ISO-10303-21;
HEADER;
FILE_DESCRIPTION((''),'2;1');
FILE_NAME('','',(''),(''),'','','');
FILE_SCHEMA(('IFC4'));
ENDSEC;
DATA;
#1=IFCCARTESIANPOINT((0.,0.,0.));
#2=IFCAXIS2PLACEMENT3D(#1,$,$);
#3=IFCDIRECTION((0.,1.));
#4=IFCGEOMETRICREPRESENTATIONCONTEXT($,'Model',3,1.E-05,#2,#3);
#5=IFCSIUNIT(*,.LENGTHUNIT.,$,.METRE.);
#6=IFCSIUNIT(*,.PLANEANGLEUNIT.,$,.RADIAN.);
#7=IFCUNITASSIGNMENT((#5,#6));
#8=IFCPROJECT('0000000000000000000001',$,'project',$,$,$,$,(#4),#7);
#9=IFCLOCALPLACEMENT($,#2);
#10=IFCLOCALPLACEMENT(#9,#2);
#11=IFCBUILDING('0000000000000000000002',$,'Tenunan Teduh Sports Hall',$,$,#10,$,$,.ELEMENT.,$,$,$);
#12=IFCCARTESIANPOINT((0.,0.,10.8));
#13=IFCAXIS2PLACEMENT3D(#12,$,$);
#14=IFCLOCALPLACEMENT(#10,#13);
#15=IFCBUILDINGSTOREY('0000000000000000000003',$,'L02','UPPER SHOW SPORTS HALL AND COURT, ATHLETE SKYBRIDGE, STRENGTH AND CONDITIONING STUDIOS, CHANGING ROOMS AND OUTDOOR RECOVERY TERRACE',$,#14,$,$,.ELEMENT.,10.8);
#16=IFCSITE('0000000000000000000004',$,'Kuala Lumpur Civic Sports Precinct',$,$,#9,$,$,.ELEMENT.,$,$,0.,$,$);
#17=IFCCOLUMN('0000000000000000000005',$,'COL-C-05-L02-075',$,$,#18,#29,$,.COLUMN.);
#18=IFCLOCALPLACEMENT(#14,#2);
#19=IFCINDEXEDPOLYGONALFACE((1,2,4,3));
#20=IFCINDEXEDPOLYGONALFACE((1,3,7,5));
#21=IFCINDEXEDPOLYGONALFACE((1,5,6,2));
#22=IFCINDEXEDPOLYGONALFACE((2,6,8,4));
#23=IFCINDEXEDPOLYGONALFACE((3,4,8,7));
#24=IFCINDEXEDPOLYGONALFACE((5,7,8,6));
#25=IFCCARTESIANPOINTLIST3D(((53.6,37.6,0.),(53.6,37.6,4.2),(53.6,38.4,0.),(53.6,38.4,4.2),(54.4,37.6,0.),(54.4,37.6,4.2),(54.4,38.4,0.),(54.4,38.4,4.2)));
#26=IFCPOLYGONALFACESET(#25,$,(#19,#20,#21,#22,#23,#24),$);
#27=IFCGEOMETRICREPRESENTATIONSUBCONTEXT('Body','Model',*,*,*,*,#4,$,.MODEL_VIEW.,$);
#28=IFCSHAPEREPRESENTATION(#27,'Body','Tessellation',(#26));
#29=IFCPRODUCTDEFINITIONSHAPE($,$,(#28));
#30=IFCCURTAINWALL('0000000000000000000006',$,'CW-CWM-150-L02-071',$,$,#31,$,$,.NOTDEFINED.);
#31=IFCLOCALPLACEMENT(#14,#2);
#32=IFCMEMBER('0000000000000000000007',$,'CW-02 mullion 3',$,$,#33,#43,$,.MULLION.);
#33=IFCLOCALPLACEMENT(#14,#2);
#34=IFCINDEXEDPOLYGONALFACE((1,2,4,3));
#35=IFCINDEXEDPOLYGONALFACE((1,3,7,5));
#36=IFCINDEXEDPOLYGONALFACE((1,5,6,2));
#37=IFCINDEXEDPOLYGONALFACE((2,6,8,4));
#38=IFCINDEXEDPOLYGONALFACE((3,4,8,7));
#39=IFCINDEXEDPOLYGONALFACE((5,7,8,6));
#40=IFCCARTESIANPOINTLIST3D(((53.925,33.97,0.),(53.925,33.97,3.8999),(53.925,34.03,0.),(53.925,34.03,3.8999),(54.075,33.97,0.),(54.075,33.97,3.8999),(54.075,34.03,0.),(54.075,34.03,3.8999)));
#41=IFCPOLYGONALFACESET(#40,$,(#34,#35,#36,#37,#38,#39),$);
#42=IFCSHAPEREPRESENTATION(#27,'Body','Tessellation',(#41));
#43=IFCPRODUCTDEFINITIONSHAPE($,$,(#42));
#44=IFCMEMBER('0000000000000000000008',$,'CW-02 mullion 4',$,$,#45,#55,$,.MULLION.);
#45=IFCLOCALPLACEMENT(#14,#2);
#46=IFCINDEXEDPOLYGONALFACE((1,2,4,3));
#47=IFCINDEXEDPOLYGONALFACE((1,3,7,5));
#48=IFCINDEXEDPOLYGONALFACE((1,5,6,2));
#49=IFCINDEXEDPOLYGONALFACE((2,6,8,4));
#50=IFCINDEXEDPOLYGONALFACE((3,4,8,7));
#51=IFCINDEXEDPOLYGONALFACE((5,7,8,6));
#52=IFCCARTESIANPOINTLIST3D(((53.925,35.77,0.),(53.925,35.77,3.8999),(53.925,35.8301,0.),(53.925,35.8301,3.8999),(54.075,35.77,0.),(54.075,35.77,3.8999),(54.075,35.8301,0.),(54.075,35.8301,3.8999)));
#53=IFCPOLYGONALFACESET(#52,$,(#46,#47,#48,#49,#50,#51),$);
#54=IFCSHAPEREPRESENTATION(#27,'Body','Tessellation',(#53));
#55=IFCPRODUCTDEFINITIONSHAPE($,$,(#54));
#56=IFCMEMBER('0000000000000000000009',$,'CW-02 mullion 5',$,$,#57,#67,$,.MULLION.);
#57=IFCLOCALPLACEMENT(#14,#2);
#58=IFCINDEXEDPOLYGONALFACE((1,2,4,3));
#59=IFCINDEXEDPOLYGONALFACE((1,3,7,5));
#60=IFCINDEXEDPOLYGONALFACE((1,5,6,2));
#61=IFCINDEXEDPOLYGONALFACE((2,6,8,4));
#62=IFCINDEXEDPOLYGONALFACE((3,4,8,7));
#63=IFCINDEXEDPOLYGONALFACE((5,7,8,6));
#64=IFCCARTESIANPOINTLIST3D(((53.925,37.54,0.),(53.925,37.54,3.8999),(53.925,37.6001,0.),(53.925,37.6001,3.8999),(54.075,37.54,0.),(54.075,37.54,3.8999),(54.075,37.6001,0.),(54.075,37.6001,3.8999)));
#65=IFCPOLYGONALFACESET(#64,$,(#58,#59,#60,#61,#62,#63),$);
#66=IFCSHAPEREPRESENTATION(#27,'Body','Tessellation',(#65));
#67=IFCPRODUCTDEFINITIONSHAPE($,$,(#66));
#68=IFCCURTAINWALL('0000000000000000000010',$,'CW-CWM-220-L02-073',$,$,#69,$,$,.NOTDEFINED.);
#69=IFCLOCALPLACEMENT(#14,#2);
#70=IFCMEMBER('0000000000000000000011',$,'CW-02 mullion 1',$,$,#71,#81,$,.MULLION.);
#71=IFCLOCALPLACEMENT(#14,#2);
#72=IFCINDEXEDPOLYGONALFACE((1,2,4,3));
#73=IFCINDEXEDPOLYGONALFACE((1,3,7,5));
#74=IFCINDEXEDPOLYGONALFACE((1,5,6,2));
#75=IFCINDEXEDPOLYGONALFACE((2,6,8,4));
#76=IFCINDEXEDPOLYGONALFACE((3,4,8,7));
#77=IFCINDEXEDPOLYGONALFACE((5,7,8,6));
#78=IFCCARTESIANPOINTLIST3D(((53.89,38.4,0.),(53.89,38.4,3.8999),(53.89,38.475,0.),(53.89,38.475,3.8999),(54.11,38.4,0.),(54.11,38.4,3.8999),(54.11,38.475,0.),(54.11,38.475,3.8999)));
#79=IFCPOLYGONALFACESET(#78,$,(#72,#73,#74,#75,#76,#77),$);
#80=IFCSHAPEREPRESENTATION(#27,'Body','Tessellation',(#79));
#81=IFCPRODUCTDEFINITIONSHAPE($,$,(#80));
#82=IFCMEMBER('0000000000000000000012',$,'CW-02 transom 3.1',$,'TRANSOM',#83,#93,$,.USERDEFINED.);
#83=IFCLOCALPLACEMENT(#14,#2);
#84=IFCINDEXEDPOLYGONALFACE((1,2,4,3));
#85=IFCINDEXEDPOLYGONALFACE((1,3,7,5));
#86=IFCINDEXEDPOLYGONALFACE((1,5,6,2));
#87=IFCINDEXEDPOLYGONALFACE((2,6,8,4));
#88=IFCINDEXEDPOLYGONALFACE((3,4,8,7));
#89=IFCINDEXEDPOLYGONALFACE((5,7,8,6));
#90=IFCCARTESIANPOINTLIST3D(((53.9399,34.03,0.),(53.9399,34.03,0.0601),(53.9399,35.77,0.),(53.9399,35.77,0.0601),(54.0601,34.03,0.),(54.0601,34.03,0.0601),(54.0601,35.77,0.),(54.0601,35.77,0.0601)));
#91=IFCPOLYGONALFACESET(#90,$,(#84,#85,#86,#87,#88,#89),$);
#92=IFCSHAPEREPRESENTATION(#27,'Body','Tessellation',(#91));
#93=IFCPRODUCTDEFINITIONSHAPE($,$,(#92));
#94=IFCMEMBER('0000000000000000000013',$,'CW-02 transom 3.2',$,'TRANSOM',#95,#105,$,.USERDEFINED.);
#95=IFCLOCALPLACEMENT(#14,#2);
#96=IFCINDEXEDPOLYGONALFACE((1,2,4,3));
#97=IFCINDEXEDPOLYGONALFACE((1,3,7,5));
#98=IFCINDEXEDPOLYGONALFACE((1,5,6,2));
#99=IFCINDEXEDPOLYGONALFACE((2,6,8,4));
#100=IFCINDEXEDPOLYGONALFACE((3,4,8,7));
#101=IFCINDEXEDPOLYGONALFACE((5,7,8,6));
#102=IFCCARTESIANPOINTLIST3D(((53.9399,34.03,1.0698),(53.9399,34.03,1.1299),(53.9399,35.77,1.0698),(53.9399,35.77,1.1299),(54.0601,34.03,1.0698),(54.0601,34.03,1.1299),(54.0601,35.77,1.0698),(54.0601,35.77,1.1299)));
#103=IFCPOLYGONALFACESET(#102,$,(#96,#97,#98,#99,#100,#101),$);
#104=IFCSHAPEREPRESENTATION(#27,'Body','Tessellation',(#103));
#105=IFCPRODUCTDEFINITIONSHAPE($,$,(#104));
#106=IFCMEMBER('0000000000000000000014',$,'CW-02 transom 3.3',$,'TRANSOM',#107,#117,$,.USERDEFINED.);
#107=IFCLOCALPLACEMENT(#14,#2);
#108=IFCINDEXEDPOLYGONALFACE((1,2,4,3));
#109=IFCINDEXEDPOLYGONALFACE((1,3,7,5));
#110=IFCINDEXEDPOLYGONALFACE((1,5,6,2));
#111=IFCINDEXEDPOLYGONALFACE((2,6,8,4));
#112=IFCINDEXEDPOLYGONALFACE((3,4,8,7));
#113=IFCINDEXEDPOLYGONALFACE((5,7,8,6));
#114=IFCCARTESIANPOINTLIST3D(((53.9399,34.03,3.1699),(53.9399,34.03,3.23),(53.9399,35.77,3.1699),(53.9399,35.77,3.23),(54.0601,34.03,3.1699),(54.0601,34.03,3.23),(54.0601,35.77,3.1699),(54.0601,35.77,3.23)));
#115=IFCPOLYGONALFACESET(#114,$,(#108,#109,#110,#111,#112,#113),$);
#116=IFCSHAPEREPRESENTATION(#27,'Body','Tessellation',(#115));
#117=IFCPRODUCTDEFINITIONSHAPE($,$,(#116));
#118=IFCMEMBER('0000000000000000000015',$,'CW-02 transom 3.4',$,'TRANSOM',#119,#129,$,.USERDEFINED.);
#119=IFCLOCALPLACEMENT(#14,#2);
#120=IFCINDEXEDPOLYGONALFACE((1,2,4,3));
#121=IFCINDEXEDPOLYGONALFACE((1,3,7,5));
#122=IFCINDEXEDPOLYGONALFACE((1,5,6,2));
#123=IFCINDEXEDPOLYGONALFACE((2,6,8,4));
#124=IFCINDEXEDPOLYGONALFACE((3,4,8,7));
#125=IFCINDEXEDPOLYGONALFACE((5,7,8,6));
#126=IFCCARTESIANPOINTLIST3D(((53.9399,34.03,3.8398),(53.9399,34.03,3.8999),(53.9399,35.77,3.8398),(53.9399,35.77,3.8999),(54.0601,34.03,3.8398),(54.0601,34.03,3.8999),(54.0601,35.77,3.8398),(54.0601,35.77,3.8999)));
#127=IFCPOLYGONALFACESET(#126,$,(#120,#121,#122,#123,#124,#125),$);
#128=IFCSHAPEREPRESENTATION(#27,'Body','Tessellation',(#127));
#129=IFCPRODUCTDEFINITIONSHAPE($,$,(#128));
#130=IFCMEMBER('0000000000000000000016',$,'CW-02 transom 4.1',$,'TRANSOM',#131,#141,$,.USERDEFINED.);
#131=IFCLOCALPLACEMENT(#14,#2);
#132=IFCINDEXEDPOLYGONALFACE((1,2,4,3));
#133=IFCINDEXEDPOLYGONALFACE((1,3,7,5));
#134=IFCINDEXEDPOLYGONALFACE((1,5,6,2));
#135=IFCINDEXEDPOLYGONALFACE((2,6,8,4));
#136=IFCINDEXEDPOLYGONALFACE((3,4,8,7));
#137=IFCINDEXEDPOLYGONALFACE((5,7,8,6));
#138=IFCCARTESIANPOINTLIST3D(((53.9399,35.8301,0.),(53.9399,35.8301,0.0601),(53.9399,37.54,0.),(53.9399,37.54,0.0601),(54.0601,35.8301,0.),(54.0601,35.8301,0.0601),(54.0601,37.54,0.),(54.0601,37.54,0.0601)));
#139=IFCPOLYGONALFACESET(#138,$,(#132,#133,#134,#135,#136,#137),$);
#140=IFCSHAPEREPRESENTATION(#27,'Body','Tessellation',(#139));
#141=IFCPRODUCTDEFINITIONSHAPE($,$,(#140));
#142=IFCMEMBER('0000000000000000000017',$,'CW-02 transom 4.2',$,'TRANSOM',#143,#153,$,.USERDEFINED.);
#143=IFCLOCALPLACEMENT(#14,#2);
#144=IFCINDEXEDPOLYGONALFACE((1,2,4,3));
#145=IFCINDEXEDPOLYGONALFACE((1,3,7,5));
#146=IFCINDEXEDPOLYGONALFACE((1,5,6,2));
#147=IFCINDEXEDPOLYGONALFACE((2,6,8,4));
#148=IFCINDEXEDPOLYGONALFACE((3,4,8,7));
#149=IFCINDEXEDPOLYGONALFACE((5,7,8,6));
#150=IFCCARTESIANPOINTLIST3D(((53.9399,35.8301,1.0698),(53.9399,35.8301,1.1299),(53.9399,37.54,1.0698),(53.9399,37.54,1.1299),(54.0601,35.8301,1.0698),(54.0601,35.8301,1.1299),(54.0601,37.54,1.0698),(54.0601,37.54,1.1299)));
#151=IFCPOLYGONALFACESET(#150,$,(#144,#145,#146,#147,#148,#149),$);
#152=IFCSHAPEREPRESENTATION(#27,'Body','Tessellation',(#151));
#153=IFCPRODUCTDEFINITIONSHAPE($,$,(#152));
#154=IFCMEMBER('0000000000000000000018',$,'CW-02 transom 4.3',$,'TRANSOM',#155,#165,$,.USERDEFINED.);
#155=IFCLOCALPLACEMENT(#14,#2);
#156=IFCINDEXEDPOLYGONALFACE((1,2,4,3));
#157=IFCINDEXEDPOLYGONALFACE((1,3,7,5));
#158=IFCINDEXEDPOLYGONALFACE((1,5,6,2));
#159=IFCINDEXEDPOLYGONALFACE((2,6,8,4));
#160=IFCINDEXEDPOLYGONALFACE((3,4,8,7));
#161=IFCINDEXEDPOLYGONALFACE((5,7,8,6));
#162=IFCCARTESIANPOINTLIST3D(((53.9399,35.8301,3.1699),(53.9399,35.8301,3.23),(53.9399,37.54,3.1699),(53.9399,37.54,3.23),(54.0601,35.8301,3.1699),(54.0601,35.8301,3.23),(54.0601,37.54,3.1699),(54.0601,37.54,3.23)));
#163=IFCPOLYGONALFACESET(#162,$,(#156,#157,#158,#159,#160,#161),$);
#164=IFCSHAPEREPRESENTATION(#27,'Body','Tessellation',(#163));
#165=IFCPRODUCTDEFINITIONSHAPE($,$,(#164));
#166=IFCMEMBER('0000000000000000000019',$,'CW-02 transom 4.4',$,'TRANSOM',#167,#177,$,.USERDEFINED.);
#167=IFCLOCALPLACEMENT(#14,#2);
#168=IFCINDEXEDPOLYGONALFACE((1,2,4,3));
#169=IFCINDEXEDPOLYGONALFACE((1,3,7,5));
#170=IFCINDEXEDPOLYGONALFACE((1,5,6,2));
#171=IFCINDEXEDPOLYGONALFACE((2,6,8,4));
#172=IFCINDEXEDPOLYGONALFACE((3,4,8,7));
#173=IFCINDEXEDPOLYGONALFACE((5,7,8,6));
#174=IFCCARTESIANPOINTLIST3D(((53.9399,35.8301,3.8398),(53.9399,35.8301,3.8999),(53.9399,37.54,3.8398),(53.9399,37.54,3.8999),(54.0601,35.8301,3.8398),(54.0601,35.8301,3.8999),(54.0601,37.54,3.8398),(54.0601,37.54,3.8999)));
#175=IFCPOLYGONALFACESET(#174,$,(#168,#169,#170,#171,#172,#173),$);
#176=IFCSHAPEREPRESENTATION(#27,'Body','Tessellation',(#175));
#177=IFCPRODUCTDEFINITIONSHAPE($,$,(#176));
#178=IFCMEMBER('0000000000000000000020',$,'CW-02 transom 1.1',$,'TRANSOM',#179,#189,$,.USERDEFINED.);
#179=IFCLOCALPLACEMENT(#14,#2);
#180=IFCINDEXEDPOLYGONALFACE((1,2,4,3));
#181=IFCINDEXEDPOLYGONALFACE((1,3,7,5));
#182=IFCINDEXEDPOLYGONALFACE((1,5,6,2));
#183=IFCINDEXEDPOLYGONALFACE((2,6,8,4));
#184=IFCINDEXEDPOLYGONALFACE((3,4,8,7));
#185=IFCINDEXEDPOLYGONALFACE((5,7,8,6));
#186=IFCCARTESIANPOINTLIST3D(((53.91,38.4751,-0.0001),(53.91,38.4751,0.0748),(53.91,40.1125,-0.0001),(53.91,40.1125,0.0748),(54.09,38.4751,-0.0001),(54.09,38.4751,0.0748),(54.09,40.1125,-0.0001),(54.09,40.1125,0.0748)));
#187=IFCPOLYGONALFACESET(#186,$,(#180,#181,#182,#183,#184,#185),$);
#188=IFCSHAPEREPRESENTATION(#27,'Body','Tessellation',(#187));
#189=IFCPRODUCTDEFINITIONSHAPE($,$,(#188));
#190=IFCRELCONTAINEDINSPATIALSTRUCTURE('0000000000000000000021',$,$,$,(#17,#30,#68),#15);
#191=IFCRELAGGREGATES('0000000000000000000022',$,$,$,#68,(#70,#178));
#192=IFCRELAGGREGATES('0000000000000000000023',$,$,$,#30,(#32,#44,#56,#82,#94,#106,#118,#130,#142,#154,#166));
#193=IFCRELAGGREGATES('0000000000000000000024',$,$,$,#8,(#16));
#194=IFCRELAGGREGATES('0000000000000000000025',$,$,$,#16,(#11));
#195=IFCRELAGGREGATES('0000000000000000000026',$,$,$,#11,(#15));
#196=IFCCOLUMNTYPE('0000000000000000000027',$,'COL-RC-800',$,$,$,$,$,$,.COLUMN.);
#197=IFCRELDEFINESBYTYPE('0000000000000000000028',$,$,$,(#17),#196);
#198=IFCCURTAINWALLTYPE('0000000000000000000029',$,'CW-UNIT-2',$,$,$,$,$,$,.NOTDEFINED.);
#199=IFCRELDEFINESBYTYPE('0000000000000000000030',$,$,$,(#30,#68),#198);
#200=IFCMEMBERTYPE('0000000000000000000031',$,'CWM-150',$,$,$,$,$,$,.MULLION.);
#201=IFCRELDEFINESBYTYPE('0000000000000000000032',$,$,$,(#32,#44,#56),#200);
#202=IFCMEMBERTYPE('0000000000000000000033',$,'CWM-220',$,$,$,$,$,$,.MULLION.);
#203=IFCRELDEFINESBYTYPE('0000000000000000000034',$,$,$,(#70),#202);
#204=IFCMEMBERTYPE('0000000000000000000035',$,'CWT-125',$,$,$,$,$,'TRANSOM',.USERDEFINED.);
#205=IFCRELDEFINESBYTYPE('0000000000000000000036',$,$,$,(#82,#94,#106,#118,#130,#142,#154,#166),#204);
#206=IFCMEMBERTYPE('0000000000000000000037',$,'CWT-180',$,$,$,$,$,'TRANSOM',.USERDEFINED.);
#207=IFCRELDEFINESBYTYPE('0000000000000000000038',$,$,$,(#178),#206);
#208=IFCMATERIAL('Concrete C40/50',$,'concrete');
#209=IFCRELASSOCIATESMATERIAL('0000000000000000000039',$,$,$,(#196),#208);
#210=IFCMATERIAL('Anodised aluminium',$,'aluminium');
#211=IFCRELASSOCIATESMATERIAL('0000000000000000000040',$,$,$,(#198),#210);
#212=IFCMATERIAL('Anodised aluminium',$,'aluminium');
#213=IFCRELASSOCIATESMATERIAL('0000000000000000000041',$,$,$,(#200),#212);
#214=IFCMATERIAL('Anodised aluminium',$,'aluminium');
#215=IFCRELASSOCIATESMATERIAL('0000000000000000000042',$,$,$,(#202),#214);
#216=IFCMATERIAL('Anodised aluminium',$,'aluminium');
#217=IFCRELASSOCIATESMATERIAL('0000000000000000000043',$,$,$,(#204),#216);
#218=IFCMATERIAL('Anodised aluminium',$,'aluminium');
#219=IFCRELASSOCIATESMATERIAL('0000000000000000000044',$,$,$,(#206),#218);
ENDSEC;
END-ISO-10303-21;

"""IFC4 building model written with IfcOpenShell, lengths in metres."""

from ifc_helpers import new_model, si_unit, direction, frame, origin, origin_2d, place, context, subcontext, project, spatial, rectangle, extrude, material, material_profile, profile_set, type_object, element, aggregate, save


model = new_model("IFC4")

# Units and contexts
model_context = context("Model", 3, precision=1e-05, world=origin(), true_north=direction((0.0, 1.0)))
body_context = subcontext(model_context, "Body", "Model", "MODEL_VIEW")
ifc_project = project(units=[si_unit("LENGTHUNIT", "METRE"), si_unit("PLANEANGLEUNIT", "RADIAN")], contexts=[model_context])

# Site, building, storey
site_placement = place(None, origin())
site = spatial("IfcSite", under=ifc_project, at=site_placement, Name="Kuala Lumpur Civic Sports Precinct", CompositionType="ELEMENT", RefElevation=0.0)
building_placement = place(site_placement, origin())
building = spatial("IfcBuilding", under=site, at=building_placement, Name="Tenunan Teduh Sports Hall", CompositionType="ELEMENT")
storey_placement = place(building_placement, frame((0.0, 0.0, 10.8)))
storey = spatial("IfcBuildingStorey", under=building, at=storey_placement, Name="L02", Description="UPPER SHOW SPORTS HALL AND COURT, ATHLETE SKYBRIDGE, STRENGTH AND CONDITIONING STUDIOS, CHANGING ROOMS AND OUTDOOR RECOVERY TERRACE", CompositionType="ELEMENT", Elevation=10.8)

# Column
ifc_material_1 = material(Name="Concrete C40/50", Category="concrete")
ifc_material_profile_1 = material_profile(ifc_material_1, rectangle(XDim=0.8, YDim=0.8, at=origin_2d()), Name="RC 800x800")
ifc_profile_set_1 = profile_set([ifc_material_profile_1], Name="Concrete C40/50")
column_type = type_object("IfcColumnType", Name="COL-RC-800", PredefinedType="COLUMN", material=ifc_profile_set_1)
column_placement = place(storey_placement, frame((54.0, 38.0, 0.0), z_axis=(0.0, 0.0, 1.0), x_axis=(1.0, 0.0, 0.0)))
element("IfcColumn", 1, at=column_placement, inside=storey, type_object=column_type, Name="COL-C-05-L02-075", PredefinedType="COLUMN", context=body_context, shape_type="SweptSolid", body=[
    extrude(rectangle(XDim=0.8, YDim=0.8, at=origin_2d()), origin(), (0.0, 0.0, 1.0), 4.2),
])

# Curtain wall, members
ifc_material_2 = material(Name="Anodised aluminium", Category="aluminium")
curtain_wall_type = type_object("IfcCurtainWallType", Name="CW-UNIT-2", PredefinedType="NOTDEFINED", material=ifc_material_2)
curtain_wall_1_placement = place(storey_placement, origin())
curtain_wall_1 = element("IfcCurtainWall", 2, at=curtain_wall_1_placement, inside=storey, type_object=curtain_wall_type, Name="CW-CWM-150-L02-071", PredefinedType="NOTDEFINED")
ifc_material_3 = material(Name="Anodised aluminium", Category="aluminium")
ifc_material_profile_2 = material_profile(ifc_material_3, rectangle(XDim=0.0601, YDim=0.1499, at=origin_2d()), Name="CWM 60x150")
ifc_profile_set_2 = profile_set([ifc_material_profile_2], Name="Anodised aluminium")
member_type_1 = type_object("IfcMemberType", Name="CWM-150", PredefinedType="MULLION", material=ifc_profile_set_2)
member_1_placement = place(storey_placement, frame((54.0, 34.0, 0.0), z_axis=(0.0, 0.0, 1.0), x_axis=(0.0, 1.0, 0.0)))
member_1 = element("IfcMember", 3, at=member_1_placement, type_object=member_type_1, Name="CW-02 mullion 3", PredefinedType="MULLION", context=body_context, shape_type="SweptSolid", body=[
    extrude(rectangle(XDim=0.0601, YDim=0.1499, at=origin_2d()), origin(), (0.0, 0.0, 1.0), 3.8999),
])
member_2_placement = place(storey_placement, frame((54.0, 35.8, 0.0), z_axis=(0.0, 0.0, 1.0), x_axis=(0.0, 1.0, 0.0)))
member_2 = element("IfcMember", 4, at=member_2_placement, type_object=member_type_1, Name="CW-02 mullion 4", PredefinedType="MULLION", context=body_context, shape_type="SweptSolid", body=[
    extrude(rectangle(XDim=0.0601, YDim=0.1499, at=origin_2d()), origin(), (0.0, 0.0, 1.0), 3.8999),
])
member_3_placement = place(storey_placement, frame((54.0, 37.5701, 0.0), z_axis=(0.0, 0.0, 1.0), x_axis=(0.0, 1.0, 0.0)))
member_3 = element("IfcMember", 5, at=member_3_placement, type_object=member_type_1, Name="CW-02 mullion 5", PredefinedType="MULLION", context=body_context, shape_type="SweptSolid", body=[
    extrude(rectangle(XDim=0.0601, YDim=0.1499, at=origin_2d()), origin(), (0.0, 0.0, 1.0), 3.8999),
])

# Curtain wall, member
curtain_wall_2_placement = place(storey_placement, origin())
curtain_wall_2 = element("IfcCurtainWall", 6, at=curtain_wall_2_placement, inside=storey, type_object=curtain_wall_type, Name="CW-CWM-220-L02-073", PredefinedType="NOTDEFINED")
ifc_material_4 = material(Name="Anodised aluminium", Category="aluminium")
ifc_material_profile_3 = material_profile(ifc_material_4, rectangle(XDim=0.075, YDim=0.22, at=origin_2d()), Name="CWM 75x220")
ifc_profile_set_3 = profile_set([ifc_material_profile_3], Name="Anodised aluminium")
member_type_2 = type_object("IfcMemberType", Name="CWM-220", PredefinedType="MULLION", material=ifc_profile_set_3)
member_4_placement = place(storey_placement, frame((54.0, 38.4375, 0.0), z_axis=(0.0, 0.0, 1.0), x_axis=(0.0, 1.0, 0.0)))
member_4 = element("IfcMember", 7, at=member_4_placement, type_object=member_type_2, Name="CW-02 mullion 1", PredefinedType="MULLION", context=body_context, shape_type="SweptSolid", body=[
    extrude(rectangle(XDim=0.075, YDim=0.22, at=origin_2d()), origin(), (0.0, 0.0, 1.0), 3.8999),
])

# Members
ifc_material_5 = material(Name="Anodised aluminium", Category="aluminium")
ifc_material_profile_4 = material_profile(ifc_material_5, rectangle(XDim=0.0601, YDim=0.1201, at=origin_2d()), Name="CWT 60x120")
ifc_profile_set_4 = profile_set([ifc_material_profile_4], Name="Anodised aluminium")
member_type_3 = type_object("IfcMemberType", Name="CWT-125", ElementType="TRANSOM", PredefinedType="USERDEFINED", material=ifc_profile_set_4)
member_5_placement = place(storey_placement, frame((54.0, 34.03, 0.03), z_axis=(0.0, 1.0, 0.0), x_axis=(0.0, 0.0, 1.0)))
member_5 = element("IfcMember", 8, at=member_5_placement, type_object=member_type_3, Name="CW-02 transom 3.1", ObjectType="TRANSOM", PredefinedType="USERDEFINED", context=body_context, shape_type="SweptSolid", body=[
    extrude(rectangle(XDim=0.0601, YDim=0.1201, at=origin_2d()), origin(), (0.0, 0.0, 1.0), 1.74),
])
member_6_placement = place(storey_placement, frame((54.0, 34.03, 1.0999), z_axis=(0.0, 1.0, 0.0), x_axis=(0.0, 0.0, 1.0)))
member_6 = element("IfcMember", 9, at=member_6_placement, type_object=member_type_3, Name="CW-02 transom 3.2", ObjectType="TRANSOM", PredefinedType="USERDEFINED", context=body_context, shape_type="SweptSolid", body=[
    extrude(rectangle(XDim=0.0601, YDim=0.1201, at=origin_2d()), origin(), (0.0, 0.0, 1.0), 1.74),
])
member_7_placement = place(storey_placement, frame((54.0, 34.03, 3.2), z_axis=(0.0, 1.0, 0.0), x_axis=(0.0, 0.0, 1.0)))
member_7 = element("IfcMember", 10, at=member_7_placement, type_object=member_type_3, Name="CW-02 transom 3.3", ObjectType="TRANSOM", PredefinedType="USERDEFINED", context=body_context, shape_type="SweptSolid", body=[
    extrude(rectangle(XDim=0.0601, YDim=0.1201, at=origin_2d()), origin(), (0.0, 0.0, 1.0), 1.74),
])
member_8_placement = place(storey_placement, frame((54.0, 34.03, 3.8699), z_axis=(0.0, 1.0, 0.0), x_axis=(0.0, 0.0, 1.0)))
member_8 = element("IfcMember", 11, at=member_8_placement, type_object=member_type_3, Name="CW-02 transom 3.4", ObjectType="TRANSOM", PredefinedType="USERDEFINED", context=body_context, shape_type="SweptSolid", body=[
    extrude(rectangle(XDim=0.0601, YDim=0.1201, at=origin_2d()), origin(), (0.0, 0.0, 1.0), 1.74),
])
member_9_placement = place(storey_placement, frame((54.0, 35.8301, 0.03), z_axis=(0.0, 1.0, 0.0), x_axis=(0.0, 0.0, 1.0)))
member_9 = element("IfcMember", 12, at=member_9_placement, type_object=member_type_3, Name="CW-02 transom 4.1", ObjectType="TRANSOM", PredefinedType="USERDEFINED", context=body_context, shape_type="SweptSolid", body=[
    extrude(rectangle(XDim=0.0601, YDim=0.1201, at=origin_2d()), origin(), (0.0, 0.0, 1.0), 1.71),
])
member_10_placement = place(storey_placement, frame((54.0, 35.8301, 1.0999), z_axis=(0.0, 1.0, 0.0), x_axis=(0.0, 0.0, 1.0)))
member_10 = element("IfcMember", 13, at=member_10_placement, type_object=member_type_3, Name="CW-02 transom 4.2", ObjectType="TRANSOM", PredefinedType="USERDEFINED", context=body_context, shape_type="SweptSolid", body=[
    extrude(rectangle(XDim=0.0601, YDim=0.1201, at=origin_2d()), origin(), (0.0, 0.0, 1.0), 1.71),
])
member_11_placement = place(storey_placement, frame((54.0, 35.8301, 3.2), z_axis=(0.0, 1.0, 0.0), x_axis=(0.0, 0.0, 1.0)))
member_11 = element("IfcMember", 14, at=member_11_placement, type_object=member_type_3, Name="CW-02 transom 4.3", ObjectType="TRANSOM", PredefinedType="USERDEFINED", context=body_context, shape_type="SweptSolid", body=[
    extrude(rectangle(XDim=0.0601, YDim=0.1201, at=origin_2d()), origin(), (0.0, 0.0, 1.0), 1.71),
])
member_12_placement = place(storey_placement, frame((54.0, 35.8301, 3.8699), z_axis=(0.0, 1.0, 0.0), x_axis=(0.0, 0.0, 1.0)))
member_12 = element("IfcMember", 15, at=member_12_placement, type_object=member_type_3, Name="CW-02 transom 4.4", ObjectType="TRANSOM", PredefinedType="USERDEFINED", context=body_context, shape_type="SweptSolid", body=[
    extrude(rectangle(XDim=0.0601, YDim=0.1201, at=origin_2d()), origin(), (0.0, 0.0, 1.0), 1.71),
])
ifc_material_6 = material(Name="Anodised aluminium", Category="aluminium")
ifc_material_profile_5 = material_profile(ifc_material_6, rectangle(XDim=0.075, YDim=0.1799, at=origin_2d()), Name="CWT 75x180")
ifc_profile_set_5 = profile_set([ifc_material_profile_5], Name="Anodised aluminium")
member_type_4 = type_object("IfcMemberType", Name="CWT-180", ElementType="TRANSOM", PredefinedType="USERDEFINED", material=ifc_profile_set_5)
member_13_placement = place(storey_placement, frame((54.0, 38.4751, 0.0374), z_axis=(0.0, 1.0, 0.0), x_axis=(0.0, 0.0, 1.0)))
member_13 = element("IfcMember", 16, at=member_13_placement, type_object=member_type_4, Name="CW-02 transom 1.1", ObjectType="TRANSOM", PredefinedType="USERDEFINED", context=body_context, shape_type="SweptSolid", body=[
    extrude(rectangle(XDim=0.075, YDim=0.1799, at=origin_2d()), origin(), (0.0, 0.0, 1.0), 1.6375),
])
aggregate(curtain_wall_2, [member_4, member_13])

aggregate(curtain_wall_1, [member_1, member_2, member_3, member_5, member_6, member_7, member_8, member_9, member_10, member_11, member_12])

save(model, "model.ifc")
